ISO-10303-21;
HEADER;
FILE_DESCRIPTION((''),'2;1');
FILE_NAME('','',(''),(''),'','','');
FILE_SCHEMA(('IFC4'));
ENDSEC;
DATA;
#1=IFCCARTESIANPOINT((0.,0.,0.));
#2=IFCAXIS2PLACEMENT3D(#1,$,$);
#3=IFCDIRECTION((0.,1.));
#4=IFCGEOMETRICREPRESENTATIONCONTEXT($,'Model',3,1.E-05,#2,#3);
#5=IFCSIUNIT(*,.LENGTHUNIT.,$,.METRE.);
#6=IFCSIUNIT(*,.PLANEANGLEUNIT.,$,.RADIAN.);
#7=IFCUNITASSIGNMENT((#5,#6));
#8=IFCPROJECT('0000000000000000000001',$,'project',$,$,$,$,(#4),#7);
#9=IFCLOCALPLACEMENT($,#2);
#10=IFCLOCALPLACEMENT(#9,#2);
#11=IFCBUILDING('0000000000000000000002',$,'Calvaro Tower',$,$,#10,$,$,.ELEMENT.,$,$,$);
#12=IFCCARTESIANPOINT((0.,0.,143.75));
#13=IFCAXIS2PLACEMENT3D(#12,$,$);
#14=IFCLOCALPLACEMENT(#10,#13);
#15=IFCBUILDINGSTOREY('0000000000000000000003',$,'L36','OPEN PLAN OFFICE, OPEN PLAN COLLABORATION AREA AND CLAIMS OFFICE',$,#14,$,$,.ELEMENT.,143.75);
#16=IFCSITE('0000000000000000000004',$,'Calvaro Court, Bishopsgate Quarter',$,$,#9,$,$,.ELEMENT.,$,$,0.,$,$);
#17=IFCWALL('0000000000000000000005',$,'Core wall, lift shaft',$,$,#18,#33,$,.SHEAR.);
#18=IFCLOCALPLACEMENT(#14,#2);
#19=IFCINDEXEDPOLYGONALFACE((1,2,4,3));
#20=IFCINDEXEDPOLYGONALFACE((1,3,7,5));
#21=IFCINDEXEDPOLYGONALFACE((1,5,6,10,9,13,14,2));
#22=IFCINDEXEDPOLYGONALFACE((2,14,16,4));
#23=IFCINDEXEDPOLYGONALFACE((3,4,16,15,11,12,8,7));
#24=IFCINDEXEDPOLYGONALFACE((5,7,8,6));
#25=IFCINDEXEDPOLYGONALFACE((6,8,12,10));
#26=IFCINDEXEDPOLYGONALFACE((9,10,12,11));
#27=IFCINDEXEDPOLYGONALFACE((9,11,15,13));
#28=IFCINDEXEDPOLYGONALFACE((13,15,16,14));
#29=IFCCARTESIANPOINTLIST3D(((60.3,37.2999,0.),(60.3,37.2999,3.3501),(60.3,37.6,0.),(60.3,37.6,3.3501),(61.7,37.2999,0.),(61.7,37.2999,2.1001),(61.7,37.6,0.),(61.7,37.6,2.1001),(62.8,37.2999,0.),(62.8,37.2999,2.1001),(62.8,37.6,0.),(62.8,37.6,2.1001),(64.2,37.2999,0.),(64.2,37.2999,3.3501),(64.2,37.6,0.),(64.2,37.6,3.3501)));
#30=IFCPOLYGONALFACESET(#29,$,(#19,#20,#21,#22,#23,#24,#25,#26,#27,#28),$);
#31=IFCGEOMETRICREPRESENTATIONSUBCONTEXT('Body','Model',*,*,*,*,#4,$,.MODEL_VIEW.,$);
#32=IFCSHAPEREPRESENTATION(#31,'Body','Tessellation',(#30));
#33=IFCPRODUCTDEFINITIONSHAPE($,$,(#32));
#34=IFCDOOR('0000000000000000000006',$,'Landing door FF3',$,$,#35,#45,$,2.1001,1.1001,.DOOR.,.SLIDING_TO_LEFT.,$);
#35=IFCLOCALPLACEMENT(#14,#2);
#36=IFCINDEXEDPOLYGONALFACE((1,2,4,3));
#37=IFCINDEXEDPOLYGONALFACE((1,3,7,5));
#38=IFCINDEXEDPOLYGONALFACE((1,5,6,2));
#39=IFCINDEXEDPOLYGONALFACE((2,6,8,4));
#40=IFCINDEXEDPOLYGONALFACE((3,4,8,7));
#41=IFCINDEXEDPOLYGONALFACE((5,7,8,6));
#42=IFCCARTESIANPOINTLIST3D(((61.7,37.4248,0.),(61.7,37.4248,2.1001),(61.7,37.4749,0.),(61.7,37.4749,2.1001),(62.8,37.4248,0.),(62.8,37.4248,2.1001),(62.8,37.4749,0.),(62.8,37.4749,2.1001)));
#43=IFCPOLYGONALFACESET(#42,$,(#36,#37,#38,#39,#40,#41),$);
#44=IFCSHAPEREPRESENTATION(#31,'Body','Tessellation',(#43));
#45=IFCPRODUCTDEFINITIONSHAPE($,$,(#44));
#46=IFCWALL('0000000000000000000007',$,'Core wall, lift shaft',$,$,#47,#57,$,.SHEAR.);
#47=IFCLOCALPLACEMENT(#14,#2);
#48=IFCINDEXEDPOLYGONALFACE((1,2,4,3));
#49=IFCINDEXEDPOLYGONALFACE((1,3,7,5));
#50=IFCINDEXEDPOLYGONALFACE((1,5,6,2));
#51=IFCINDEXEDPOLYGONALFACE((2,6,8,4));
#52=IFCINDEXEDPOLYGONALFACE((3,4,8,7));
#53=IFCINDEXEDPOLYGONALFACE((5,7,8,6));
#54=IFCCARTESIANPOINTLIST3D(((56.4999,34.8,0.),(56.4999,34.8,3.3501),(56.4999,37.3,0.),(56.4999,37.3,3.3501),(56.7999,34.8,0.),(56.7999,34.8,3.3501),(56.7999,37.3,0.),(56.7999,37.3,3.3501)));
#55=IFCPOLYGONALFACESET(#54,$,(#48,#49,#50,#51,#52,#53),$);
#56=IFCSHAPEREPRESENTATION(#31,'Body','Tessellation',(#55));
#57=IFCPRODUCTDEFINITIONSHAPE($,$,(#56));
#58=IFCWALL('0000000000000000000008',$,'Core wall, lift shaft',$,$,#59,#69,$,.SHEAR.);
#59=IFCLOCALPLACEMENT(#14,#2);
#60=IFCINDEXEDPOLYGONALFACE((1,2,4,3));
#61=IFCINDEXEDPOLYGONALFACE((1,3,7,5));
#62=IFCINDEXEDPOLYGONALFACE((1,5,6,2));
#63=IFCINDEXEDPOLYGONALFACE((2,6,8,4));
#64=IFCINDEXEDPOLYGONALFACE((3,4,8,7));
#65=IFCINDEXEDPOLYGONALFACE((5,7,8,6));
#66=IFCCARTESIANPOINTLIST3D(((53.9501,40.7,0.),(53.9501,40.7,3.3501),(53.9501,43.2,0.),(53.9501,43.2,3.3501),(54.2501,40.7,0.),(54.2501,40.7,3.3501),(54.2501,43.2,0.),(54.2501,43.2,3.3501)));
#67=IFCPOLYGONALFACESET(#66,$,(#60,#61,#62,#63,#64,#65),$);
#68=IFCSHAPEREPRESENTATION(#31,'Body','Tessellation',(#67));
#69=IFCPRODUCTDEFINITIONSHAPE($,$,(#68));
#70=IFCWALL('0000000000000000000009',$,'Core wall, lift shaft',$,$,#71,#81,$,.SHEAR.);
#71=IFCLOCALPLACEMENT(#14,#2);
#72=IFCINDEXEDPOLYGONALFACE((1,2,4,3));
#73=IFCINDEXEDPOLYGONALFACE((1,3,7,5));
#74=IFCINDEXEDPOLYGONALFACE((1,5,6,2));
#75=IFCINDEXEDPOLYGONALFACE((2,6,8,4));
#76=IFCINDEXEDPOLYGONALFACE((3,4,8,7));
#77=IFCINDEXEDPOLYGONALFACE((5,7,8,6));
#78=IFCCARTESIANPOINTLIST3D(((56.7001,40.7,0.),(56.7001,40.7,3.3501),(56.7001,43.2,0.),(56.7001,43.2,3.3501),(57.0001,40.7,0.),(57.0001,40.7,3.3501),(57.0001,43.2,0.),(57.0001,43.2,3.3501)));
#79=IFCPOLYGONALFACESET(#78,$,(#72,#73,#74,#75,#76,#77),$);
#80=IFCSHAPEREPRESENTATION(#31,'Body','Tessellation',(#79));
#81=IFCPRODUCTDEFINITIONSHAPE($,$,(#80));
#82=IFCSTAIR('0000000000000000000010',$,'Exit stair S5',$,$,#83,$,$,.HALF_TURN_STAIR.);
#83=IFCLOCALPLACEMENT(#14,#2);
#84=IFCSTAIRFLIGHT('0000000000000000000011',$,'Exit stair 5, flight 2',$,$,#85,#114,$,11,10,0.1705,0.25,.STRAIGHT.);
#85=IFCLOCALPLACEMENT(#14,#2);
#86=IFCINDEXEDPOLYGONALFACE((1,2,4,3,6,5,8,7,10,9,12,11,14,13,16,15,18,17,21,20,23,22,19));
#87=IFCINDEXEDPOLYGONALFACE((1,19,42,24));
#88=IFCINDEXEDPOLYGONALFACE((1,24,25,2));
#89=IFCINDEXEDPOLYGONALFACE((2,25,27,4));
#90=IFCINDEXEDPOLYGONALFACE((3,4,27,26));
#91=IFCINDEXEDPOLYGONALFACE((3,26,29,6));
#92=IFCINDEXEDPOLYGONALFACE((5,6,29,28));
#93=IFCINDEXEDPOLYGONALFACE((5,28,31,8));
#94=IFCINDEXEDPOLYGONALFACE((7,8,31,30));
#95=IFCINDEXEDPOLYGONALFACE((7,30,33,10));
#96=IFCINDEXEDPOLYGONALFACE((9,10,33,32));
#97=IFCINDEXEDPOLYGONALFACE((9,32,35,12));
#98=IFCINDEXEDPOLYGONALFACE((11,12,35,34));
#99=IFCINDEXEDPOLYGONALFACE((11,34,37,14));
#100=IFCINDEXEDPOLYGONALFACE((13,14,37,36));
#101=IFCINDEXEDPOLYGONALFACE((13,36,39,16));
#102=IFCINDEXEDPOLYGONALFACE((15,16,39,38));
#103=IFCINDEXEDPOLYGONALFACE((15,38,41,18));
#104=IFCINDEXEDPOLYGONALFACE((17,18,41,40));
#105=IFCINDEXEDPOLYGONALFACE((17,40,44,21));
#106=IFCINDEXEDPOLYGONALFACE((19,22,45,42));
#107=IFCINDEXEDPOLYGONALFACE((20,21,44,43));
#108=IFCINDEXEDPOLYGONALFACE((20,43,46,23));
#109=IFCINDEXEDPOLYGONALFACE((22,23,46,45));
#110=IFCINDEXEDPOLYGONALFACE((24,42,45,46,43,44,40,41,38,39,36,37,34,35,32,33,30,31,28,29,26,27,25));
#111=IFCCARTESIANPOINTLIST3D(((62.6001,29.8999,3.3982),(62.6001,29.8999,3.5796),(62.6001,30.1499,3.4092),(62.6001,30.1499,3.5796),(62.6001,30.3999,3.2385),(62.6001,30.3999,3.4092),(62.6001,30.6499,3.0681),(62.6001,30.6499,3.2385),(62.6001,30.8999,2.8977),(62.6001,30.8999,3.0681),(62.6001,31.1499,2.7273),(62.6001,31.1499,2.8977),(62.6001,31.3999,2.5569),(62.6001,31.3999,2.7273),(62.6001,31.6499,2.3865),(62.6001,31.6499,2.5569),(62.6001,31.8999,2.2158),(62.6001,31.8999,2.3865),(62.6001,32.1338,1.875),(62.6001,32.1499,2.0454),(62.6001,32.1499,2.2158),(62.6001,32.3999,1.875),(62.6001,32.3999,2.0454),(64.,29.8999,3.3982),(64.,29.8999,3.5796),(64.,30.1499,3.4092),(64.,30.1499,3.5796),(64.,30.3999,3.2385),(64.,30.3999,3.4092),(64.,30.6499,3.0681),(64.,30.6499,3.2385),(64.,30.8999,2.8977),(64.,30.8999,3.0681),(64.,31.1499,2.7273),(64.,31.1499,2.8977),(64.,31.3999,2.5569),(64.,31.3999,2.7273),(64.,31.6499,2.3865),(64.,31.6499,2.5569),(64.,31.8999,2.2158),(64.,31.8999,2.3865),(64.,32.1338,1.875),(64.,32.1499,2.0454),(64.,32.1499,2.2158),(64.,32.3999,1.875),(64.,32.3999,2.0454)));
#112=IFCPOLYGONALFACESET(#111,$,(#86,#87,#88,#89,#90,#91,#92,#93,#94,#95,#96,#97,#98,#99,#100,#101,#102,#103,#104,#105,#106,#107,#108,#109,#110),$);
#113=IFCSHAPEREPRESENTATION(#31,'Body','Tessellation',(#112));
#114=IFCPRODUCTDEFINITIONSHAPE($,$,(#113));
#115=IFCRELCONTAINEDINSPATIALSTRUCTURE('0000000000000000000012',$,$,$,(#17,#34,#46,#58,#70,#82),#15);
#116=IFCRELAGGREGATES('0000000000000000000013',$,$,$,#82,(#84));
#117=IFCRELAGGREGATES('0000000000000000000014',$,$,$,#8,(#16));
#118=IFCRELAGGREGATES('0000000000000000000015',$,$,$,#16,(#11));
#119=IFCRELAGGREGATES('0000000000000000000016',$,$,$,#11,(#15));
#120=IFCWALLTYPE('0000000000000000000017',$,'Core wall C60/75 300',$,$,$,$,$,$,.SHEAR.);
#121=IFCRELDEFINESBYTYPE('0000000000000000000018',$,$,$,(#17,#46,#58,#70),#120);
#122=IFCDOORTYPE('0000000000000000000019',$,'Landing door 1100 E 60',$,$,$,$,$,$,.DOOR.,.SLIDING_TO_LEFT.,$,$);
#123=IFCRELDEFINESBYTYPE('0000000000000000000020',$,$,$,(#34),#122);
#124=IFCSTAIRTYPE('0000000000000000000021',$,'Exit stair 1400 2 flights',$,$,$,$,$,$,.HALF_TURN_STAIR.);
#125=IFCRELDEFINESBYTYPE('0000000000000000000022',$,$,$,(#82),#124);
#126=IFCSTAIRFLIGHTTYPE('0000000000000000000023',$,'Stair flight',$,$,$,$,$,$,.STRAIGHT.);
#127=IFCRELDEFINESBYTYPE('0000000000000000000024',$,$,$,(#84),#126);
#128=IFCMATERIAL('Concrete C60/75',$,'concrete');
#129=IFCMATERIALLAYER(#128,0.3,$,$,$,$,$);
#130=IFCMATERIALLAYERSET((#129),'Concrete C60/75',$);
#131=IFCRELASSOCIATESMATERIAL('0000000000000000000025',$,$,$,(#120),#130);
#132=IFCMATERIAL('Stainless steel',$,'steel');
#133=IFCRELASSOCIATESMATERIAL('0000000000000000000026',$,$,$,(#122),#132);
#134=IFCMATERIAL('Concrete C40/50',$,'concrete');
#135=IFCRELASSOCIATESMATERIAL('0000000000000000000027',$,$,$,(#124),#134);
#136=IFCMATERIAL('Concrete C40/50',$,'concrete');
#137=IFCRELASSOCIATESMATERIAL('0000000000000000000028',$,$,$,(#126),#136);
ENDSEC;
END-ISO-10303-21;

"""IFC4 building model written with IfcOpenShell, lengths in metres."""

from ifc_helpers import new_model, si_unit, direction, frame, frame_2d, origin, place, context, subcontext, project, spatial, polyline, rectangle, outline, extrude, material, layer, layer_set, type_object, element, fill, aggregate, save


model = new_model("IFC4")

# Units and contexts
model_context = context("Model", 3, precision=1e-05, world=origin(), true_north=direction((0.0, 1.0)))
body_context = subcontext(model_context, "Body", "Model", "MODEL_VIEW")
ifc_project = project(units=[si_unit("LENGTHUNIT", "METRE"), si_unit("PLANEANGLEUNIT", "RADIAN")], contexts=[model_context])

# Site, building, storey
site_placement = place(None, origin())
site = spatial("IfcSite", under=ifc_project, at=site_placement, Name="Calvaro Court, Bishopsgate Quarter", CompositionType="ELEMENT", RefElevation=0.0)
building_placement = place(site_placement, origin())
building = spatial("IfcBuilding", under=site, at=building_placement, Name="Calvaro Tower", CompositionType="ELEMENT")
storey_placement = place(building_placement, frame((0.0, 0.0, 143.75)))
storey = spatial("IfcBuildingStorey", under=building, at=storey_placement, Name="L36", Description="OPEN PLAN OFFICE, OPEN PLAN COLLABORATION AREA AND CLAIMS OFFICE", CompositionType="ELEMENT", Elevation=143.75)

# Shared definitions
ifc_material_1 = material(Name="Concrete C60/75", Category="concrete")
ifc_layer_1 = layer(ifc_material_1, 0.3)
ifc_layer_set_1 = layer_set([ifc_layer_1], Name="Concrete C60/75")
wall_type_1 = type_object("IfcWallType", Name="Core wall C60/75 300", PredefinedType="SHEAR", material=ifc_layer_set_1)

# Wall, opening, door
wall_1_placement = place(storey_placement, frame((60.3, 37.45, 0.0), z_axis=(0.0, 0.0, 1.0), x_axis=(1.0, 0.0, 0.0)))
wall_1 = element("IfcWall", 1, at=wall_1_placement, inside=storey, type_object=wall_type_1, Name="Core wall, lift shaft", PredefinedType="SHEAR", context=body_context, shape_type="SweptSolid", body=[
    extrude(rectangle(XDim=3.8999, YDim=0.3, at=frame_2d((1.95, 0.0))), origin(), (0.0, 0.0, 1.0), 3.3501),
])
opening_1_placement = place(wall_1_placement, frame((1.3999, 0.0, 0.0)))
opening_1 = element("IfcOpeningElement", 2, at=opening_1_placement, cuts=wall_1, PredefinedType="OPENING", context=body_context, shape_type="SweptSolid", body=[
    extrude(rectangle(XDim=1.1001, YDim=2.1001, at=frame_2d((0.55, 1.05))), frame((0.0, 0.1599, 0.0), z_axis=(0.0, -1.0, 0.0), x_axis=(1.0, 0.0, 0.0)), (0.0, 0.0, 1.0), 0.3201),
])
ifc_material_2 = material(Name="Stainless steel", Category="steel")
door_type_1 = type_object("IfcDoorType", Name="Landing door 1100 E 60", OperationType="SLIDING_TO_LEFT", PredefinedType="DOOR", material=ifc_material_2)
door_1_placement = place(opening_1_placement, origin())
door_1 = element("IfcDoor", 3, at=door_1_placement, inside=storey, type_object=door_type_1, Name="Landing door FF3", OperationType="SLIDING_TO_LEFT", OverallHeight=2.1001, OverallWidth=1.1001, PredefinedType="DOOR", context=body_context, shape_type="SweptSolid", body=[
    extrude(rectangle(XDim=1.1001, YDim=2.1001, at=frame_2d((0.55, 1.05))), frame((0.0, 0.0249, 0.0), z_axis=(0.0, -1.0, 0.0), x_axis=(1.0, 0.0, 0.0)), (0.0, 0.0, 1.0), 0.05),
])
fill(opening_1, door_1)

# Walls
for number, where, z_axis, x_axis, name in (
    (4, (56.6499, 34.8, 0.0), (0.0, 0.0, 1.0), (0.0, 1.0, 0.0), "Core wall, lift shaft"),
    (5, (54.1001, 40.7, 0.0), (0.0, 0.0, 1.0), (0.0, 1.0, 0.0), "Core wall, lift shaft"),
    (6, (56.8501, 40.7, 0.0), (0.0, 0.0, 1.0), (0.0, 1.0, 0.0), "Core wall, lift shaft"),
):
    element("IfcWall", number, at=place(storey_placement, frame(where, z_axis=z_axis, x_axis=x_axis)), inside=storey, type_object=wall_type_1, Name=name, PredefinedType="SHEAR", context=body_context, shape_type="SweptSolid", body=[
        extrude(rectangle(XDim=2.5, YDim=0.3, at=frame_2d((1.25, 0.0))), origin(), (0.0, 0.0, 1.0), 3.3501),
    ])

# Stair, stair flight
ifc_material_3 = material(Name="Concrete C40/50", Category="concrete")
stair_type = type_object("IfcStairType", Name="Exit stair 1400 2 flights", PredefinedType="HALF_TURN_STAIR", material=ifc_material_3)
stair_1_placement = place(storey_placement, origin())
stair_1 = element("IfcStair", 7, at=stair_1_placement, inside=storey, type_object=stair_type, Name="Exit stair S5", PredefinedType="HALF_TURN_STAIR")
ifc_material_4 = material(Name="Concrete C40/50", Category="concrete")
stair_flight_type = type_object("IfcStairFlightType", Name="Stair flight", PredefinedType="STRAIGHT", material=ifc_material_4)
stair_flight_placement = place(storey_placement, frame((63.3, 32.3999, 1.875), z_axis=(0.0, 0.0, 1.0), x_axis=(0.0, -1.0, 0.0)))
stair_flight = element("IfcStairFlight", 8, at=stair_flight_placement, type_object=stair_flight_type, Name="Exit stair 5, flight 2", NumberOfRisers=11, NumberOfTreads=10, PredefinedType="STRAIGHT", RiserHeight=0.1705, TreadLength=0.25, context=body_context, shape_type="SweptSolid", body=[
    extrude(outline(polyline([(0.0, 0.0), (0.0, 0.1704), (0.25, 0.1704), (0.25, 0.3408), (0.5, 0.3408), (0.5, 0.5115), (0.75, 0.5115), (0.75, 0.6819), (1.0, 0.6819), (1.0, 0.8523), (1.25, 0.8523), (1.25, 1.0227), (1.5, 1.0227), (1.5, 1.1931), (1.75, 1.1931), (1.75, 1.3635), (2.0, 1.3635), (2.0, 1.5342), (2.25, 1.5342), (2.25, 1.7046), (2.5, 1.7046), (2.5, 1.875), (2.5, 1.5232), (0.2661, 0.0), (0.0, 0.0)])), frame((0.0, 0.7, 0.0), z_axis=(0.0, -1.0, 0.0), x_axis=(1.0, 0.0, 0.0)), (0.0, 0.0, 1.0), 1.3999),
])

aggregate(stair_1, [stair_flight])

save(model, "model.ifc")
